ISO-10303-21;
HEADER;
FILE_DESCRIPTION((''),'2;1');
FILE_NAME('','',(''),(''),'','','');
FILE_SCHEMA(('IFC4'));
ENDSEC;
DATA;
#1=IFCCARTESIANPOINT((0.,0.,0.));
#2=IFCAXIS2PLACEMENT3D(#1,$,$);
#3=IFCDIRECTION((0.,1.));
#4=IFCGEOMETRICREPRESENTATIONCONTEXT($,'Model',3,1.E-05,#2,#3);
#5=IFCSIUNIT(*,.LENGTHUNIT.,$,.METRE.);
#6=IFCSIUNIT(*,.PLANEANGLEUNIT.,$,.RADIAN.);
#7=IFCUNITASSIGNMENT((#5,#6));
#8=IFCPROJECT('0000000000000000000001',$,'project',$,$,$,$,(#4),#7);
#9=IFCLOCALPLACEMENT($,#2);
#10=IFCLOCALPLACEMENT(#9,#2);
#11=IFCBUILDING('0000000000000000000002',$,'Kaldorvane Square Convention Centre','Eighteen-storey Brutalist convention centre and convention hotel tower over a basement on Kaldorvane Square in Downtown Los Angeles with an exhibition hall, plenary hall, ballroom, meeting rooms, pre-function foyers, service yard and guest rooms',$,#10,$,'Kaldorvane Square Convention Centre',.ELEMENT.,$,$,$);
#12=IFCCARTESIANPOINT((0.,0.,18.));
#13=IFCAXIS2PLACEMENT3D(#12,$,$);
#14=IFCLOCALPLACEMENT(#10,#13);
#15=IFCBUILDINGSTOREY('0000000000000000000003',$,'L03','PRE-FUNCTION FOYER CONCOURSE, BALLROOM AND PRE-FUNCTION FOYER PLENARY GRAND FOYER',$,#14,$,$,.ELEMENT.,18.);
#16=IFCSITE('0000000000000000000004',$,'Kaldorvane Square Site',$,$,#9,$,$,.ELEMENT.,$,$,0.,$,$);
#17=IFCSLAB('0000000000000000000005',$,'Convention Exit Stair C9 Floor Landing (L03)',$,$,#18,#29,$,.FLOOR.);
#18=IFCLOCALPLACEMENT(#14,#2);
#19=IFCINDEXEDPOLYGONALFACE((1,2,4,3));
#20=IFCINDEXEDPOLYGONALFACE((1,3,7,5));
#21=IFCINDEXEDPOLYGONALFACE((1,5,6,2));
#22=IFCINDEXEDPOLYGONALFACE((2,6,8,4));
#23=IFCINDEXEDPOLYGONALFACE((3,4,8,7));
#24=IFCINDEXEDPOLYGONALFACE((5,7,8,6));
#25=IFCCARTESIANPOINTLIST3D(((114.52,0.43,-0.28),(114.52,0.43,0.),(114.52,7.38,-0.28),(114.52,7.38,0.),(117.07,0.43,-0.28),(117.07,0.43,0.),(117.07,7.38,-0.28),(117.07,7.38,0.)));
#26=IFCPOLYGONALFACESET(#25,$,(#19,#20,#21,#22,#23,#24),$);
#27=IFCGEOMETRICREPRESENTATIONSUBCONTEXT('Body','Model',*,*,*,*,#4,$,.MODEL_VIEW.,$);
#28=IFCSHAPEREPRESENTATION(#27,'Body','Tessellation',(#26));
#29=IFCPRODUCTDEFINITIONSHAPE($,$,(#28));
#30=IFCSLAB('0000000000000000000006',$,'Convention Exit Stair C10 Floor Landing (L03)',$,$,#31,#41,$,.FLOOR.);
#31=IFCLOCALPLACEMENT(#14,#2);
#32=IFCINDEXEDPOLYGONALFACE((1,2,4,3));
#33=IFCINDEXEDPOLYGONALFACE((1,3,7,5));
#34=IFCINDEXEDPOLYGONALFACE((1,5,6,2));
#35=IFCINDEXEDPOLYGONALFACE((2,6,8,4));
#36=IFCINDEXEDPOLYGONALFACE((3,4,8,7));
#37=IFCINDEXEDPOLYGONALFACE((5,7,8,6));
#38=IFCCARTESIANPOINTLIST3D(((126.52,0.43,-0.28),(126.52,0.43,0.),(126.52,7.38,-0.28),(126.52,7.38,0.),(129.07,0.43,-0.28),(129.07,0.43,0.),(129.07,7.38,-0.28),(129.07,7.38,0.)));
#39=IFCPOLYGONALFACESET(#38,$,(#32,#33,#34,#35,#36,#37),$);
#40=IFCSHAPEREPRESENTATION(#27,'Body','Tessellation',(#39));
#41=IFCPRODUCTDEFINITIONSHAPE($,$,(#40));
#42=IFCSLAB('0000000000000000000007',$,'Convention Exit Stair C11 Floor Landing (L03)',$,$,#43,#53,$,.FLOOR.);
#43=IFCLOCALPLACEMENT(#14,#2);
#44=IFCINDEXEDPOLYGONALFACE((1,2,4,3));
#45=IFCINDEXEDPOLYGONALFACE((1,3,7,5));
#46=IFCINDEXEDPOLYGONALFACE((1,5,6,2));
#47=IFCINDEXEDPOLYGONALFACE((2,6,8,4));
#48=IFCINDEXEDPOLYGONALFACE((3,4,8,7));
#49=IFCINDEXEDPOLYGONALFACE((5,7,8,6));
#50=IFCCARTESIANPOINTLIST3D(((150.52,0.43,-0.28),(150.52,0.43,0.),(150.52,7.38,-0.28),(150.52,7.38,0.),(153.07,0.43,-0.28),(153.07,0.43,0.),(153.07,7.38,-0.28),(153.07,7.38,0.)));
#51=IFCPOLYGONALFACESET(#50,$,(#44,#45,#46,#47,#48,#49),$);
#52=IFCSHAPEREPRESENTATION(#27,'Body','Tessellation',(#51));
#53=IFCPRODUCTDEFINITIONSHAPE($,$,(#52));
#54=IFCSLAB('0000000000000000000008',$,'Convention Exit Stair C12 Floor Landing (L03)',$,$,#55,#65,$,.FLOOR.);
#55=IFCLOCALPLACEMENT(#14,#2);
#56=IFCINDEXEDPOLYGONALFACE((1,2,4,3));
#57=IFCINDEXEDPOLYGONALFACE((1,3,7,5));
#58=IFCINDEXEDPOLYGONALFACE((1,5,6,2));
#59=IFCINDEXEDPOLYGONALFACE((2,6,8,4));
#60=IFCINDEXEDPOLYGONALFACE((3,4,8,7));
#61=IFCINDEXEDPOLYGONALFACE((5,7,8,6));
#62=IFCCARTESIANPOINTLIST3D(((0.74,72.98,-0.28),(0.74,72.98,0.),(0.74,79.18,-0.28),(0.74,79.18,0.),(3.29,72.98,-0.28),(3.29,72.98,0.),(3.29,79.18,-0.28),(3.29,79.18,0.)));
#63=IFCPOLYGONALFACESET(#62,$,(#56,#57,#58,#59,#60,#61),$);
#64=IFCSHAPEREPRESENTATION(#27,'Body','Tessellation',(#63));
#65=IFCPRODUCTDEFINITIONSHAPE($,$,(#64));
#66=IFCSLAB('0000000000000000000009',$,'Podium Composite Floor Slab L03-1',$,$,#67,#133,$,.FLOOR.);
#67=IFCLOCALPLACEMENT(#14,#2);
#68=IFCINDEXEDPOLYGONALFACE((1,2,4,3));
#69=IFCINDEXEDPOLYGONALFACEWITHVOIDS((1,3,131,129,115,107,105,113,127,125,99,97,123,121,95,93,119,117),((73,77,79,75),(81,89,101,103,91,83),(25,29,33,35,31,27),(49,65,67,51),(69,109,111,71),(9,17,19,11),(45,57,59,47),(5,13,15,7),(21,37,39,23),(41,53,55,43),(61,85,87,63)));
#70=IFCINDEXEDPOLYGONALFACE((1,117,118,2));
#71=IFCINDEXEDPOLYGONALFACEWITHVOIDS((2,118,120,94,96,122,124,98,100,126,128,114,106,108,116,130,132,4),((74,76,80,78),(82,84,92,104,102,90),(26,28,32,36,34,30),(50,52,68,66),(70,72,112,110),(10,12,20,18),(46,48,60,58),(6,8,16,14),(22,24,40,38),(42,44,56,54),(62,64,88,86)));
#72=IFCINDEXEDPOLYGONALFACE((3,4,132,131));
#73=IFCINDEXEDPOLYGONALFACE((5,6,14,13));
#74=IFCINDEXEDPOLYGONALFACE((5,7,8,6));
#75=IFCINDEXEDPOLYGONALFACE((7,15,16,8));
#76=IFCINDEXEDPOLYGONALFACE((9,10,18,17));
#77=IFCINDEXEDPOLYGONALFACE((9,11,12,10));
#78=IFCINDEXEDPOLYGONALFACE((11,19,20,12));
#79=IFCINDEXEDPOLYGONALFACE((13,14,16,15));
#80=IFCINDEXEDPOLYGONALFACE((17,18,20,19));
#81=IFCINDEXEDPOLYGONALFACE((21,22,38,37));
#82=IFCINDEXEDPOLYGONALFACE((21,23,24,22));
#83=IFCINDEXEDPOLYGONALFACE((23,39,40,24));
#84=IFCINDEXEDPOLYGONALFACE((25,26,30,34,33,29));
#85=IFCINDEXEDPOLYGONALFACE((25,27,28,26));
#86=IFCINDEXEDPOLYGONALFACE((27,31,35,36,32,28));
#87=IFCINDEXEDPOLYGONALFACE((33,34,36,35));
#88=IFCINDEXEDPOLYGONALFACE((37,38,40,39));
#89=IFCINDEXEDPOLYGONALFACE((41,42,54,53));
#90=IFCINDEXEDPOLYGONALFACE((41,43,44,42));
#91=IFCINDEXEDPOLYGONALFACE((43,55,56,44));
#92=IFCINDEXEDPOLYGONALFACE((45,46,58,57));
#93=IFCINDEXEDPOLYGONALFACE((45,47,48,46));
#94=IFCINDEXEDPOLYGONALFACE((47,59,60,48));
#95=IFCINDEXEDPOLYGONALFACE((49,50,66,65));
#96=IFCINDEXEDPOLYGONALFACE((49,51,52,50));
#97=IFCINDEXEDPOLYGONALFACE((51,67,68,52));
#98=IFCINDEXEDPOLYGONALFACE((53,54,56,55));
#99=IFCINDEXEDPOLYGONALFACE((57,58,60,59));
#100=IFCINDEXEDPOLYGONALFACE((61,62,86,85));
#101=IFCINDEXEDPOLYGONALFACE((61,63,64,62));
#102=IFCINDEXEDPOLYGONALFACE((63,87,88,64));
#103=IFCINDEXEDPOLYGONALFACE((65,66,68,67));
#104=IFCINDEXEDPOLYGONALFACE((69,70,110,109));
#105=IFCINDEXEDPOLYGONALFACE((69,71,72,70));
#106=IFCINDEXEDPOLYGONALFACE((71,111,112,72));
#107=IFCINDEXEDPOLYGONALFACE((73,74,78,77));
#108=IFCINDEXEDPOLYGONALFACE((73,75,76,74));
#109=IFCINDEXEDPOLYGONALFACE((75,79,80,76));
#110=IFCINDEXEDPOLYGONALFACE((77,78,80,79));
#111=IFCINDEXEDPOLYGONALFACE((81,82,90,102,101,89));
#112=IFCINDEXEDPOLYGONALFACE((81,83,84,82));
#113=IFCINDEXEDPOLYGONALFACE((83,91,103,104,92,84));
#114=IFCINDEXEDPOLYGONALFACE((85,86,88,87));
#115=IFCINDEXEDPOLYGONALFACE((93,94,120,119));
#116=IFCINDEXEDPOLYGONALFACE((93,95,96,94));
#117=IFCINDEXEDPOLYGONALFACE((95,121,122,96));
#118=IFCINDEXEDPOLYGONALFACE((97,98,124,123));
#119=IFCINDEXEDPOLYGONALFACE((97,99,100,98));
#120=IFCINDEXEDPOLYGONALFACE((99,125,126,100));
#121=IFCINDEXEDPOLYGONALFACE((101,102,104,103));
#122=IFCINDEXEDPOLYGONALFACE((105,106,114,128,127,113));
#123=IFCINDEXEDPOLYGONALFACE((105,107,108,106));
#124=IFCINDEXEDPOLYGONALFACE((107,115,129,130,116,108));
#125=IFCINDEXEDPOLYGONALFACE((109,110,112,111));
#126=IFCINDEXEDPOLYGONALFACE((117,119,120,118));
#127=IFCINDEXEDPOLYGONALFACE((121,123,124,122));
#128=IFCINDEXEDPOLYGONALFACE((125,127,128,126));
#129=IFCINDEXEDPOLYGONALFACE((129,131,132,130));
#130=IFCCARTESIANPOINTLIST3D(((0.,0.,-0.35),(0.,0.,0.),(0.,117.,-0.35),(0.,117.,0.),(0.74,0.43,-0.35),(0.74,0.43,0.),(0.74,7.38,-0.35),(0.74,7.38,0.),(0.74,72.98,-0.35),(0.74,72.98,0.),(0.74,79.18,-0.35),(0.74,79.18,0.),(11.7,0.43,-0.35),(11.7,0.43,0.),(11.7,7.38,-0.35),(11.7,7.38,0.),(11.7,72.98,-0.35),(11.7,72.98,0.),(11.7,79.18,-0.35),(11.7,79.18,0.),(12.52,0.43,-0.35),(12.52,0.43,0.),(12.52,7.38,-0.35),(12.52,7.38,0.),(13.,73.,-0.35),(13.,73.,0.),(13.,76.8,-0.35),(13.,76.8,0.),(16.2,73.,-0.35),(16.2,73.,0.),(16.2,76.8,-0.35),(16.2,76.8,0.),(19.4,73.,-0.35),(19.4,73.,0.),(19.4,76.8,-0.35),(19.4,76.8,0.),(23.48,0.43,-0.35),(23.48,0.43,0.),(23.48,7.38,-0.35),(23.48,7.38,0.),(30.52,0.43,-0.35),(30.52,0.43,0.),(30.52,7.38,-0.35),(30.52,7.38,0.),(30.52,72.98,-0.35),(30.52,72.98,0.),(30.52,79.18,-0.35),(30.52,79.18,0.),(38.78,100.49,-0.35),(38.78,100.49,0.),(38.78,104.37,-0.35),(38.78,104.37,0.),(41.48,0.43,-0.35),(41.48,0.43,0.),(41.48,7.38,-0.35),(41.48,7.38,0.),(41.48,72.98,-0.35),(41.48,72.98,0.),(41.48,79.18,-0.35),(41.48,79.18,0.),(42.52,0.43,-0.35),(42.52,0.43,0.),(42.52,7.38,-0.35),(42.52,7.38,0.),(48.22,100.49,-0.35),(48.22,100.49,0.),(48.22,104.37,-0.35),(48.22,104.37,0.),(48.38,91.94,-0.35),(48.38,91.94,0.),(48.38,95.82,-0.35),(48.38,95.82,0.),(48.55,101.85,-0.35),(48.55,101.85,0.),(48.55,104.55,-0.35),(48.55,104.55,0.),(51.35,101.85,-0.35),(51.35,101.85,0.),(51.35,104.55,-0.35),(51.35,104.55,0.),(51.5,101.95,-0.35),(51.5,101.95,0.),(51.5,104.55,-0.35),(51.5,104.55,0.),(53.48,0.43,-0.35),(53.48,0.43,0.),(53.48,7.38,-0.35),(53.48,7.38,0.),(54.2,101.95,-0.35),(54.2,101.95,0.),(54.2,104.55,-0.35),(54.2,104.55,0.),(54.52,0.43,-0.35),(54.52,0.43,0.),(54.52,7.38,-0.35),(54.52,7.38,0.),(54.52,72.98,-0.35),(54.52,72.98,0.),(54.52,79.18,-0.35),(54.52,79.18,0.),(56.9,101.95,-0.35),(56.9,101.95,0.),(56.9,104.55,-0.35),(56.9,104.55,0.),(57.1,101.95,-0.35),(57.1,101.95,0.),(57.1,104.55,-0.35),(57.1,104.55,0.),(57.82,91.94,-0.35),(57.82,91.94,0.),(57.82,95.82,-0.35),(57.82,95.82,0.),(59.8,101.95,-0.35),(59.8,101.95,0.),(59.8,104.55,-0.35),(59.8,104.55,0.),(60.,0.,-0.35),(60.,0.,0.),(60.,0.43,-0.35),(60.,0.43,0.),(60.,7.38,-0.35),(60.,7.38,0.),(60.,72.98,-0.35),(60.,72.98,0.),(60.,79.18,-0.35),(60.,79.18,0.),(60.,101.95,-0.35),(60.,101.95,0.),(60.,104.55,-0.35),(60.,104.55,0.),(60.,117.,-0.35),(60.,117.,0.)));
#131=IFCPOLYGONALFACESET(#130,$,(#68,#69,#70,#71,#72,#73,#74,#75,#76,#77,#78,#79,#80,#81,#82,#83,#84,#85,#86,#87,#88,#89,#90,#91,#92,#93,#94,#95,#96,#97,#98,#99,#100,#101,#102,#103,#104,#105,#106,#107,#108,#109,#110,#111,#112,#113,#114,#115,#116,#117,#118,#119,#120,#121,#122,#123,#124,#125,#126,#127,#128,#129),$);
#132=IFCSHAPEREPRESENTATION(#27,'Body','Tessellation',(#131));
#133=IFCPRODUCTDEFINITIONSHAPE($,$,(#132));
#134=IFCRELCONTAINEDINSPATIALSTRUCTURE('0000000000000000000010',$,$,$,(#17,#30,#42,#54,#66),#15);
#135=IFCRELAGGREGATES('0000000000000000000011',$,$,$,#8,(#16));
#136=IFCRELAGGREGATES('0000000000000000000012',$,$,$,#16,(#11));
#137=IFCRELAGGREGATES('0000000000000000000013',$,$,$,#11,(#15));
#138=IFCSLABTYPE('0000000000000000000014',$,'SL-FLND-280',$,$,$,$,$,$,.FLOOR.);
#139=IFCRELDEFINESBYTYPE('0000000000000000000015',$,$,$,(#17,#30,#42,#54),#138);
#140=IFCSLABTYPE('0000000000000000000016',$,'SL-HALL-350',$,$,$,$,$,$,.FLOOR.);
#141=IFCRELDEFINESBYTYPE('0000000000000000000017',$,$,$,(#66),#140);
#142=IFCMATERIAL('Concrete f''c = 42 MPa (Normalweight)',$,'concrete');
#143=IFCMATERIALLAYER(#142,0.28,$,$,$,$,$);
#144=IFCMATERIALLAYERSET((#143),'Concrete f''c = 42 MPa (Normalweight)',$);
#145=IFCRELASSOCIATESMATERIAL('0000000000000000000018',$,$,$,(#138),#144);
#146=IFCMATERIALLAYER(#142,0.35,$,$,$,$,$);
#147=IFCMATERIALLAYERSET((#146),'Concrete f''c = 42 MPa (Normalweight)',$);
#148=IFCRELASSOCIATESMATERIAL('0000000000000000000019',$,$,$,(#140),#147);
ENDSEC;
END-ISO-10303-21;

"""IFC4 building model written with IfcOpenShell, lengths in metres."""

from ifc_helpers import new_model, si_unit, direction, frame, origin, place, context, subcontext, project, spatial, polyline, outline, extrude, material, layer, layer_set, type_object, element, save


model = new_model("IFC4")

# Units and contexts
model_context = context("Model", 3, precision=1e-05, world=origin(), true_north=direction((0.0, 1.0)))
body_context = subcontext(model_context, "Body", "Model", "MODEL_VIEW")
ifc_project = project(units=[si_unit("LENGTHUNIT", "METRE"), si_unit("PLANEANGLEUNIT", "RADIAN")], contexts=[model_context])

# Site, building, storey
site_placement = place(None, origin())
site = spatial("IfcSite", under=ifc_project, at=site_placement, Name="Kaldorvane Square Site", CompositionType="ELEMENT", RefElevation=0.0)
building_placement = place(site_placement, origin())
building = spatial("IfcBuilding", under=site, at=building_placement, Name="Kaldorvane Square Convention Centre", Description="Eighteen-storey Brutalist convention centre and convention hotel tower over a basement on Kaldorvane Square in Downtown Los Angeles with an exhibition hall, plenary hall, ballroom, meeting rooms, pre-function foyers, service yard and guest rooms", LongName="Kaldorvane Square Convention Centre", CompositionType="ELEMENT")
storey_placement = place(building_placement, frame((0.0, 0.0, 18.0)))
storey = spatial("IfcBuildingStorey", under=building, at=storey_placement, Name="L03", Description="PRE-FUNCTION FOYER CONCOURSE, BALLROOM AND PRE-FUNCTION FOYER PLENARY GRAND FOYER", CompositionType="ELEMENT", Elevation=18.0)

# Slabs
ifc_material_1 = material(Name="Concrete f'c = 42 MPa (Normalweight)", Category="concrete")
ifc_layer_1 = layer(ifc_material_1, 0.28)
ifc_layer_set_1 = layer_set([ifc_layer_1], Name="Concrete f'c = 42 MPa (Normalweight)")
slab_type_1 = type_object("IfcSlabType", Name="SL-FLND-280", PredefinedType="FLOOR", material=ifc_layer_set_1)
slab_1_placement = place(storey_placement, frame((0.0, 0.0, -0.28)))
element("IfcSlab", 1, at=slab_1_placement, inside=storey, type_object=slab_type_1, Name="Convention Exit Stair C9 Floor Landing (L03)", PredefinedType="FLOOR", context=body_context, shape_type="SweptSolid", body=[
    extrude(outline(polyline([(114.52, 0.43), (117.07, 0.43), (117.07, 7.38), (114.52, 7.38), (114.52, 0.43)])), origin(), (0.0, 0.0, 1.0), 0.28),
])
slab_2_placement = place(storey_placement, frame((0.0, 0.0, -0.28)))
element("IfcSlab", 2, at=slab_2_placement, inside=storey, type_object=slab_type_1, Name="Convention Exit Stair C10 Floor Landing (L03)", PredefinedType="FLOOR", context=body_context, shape_type="SweptSolid", body=[
    extrude(outline(polyline([(126.52, 0.43), (129.07, 0.43), (129.07, 7.38), (126.52, 7.38), (126.52, 0.43)])), origin(), (0.0, 0.0, 1.0), 0.28),
])
slab_3_placement = place(storey_placement, frame((0.0, 0.0, -0.28)))
element("IfcSlab", 3, at=slab_3_placement, inside=storey, type_object=slab_type_1, Name="Convention Exit Stair C11 Floor Landing (L03)", PredefinedType="FLOOR", context=body_context, shape_type="SweptSolid", body=[
    extrude(outline(polyline([(150.52, 0.43), (153.07, 0.43), (153.07, 7.38), (150.52, 7.38), (150.52, 0.43)])), origin(), (0.0, 0.0, 1.0), 0.28),
])
slab_4_placement = place(storey_placement, frame((0.0, 0.0, -0.28)))
element("IfcSlab", 4, at=slab_4_placement, inside=storey, type_object=slab_type_1, Name="Convention Exit Stair C12 Floor Landing (L03)", PredefinedType="FLOOR", context=body_context, shape_type="SweptSolid", body=[
    extrude(outline(polyline([(0.74, 72.98), (3.29, 72.98), (3.29, 79.18), (0.74, 79.18), (0.74, 72.98)])), origin(), (0.0, 0.0, 1.0), 0.28),
])
ifc_layer_2 = layer(ifc_material_1, 0.35)
ifc_layer_set_2 = layer_set([ifc_layer_2], Name="Concrete f'c = 42 MPa (Normalweight)")
slab_type_2 = type_object("IfcSlabType", Name="SL-HALL-350", PredefinedType="FLOOR", material=ifc_layer_set_2)
slab_5_placement = place(storey_placement, frame((0.0, 0.0, -0.35)))
element("IfcSlab", 5, at=slab_5_placement, inside=storey, type_object=slab_type_2, Name="Podium Composite Floor Slab L03-1", PredefinedType="FLOOR", context=body_context, shape_type="SweptSolid", body=[
    extrude(outline(polyline([(60.0, 117.0), (60.0, 104.55), (59.8, 104.55), (57.1, 104.55), (57.1, 101.95), (59.8, 101.95), (60.0, 101.95), (60.0, 79.18), (54.52, 79.18), (54.52, 72.98), (60.0, 72.98), (60.0, 7.38), (54.52, 7.38), (54.52, 0.43), (60.0, 0.43), (60.0, 0.0), (0.0, 0.0), (0.0, 117.0), (60.0, 117.0)]), holes=[polyline([(11.7, 0.43), (11.7, 7.38), (0.74, 7.38), (0.74, 0.43), (11.7, 0.43)]), polyline([(53.48, 0.43), (53.48, 7.38), (42.52, 7.38), (42.52, 0.43), (53.48, 0.43)]), polyline([(41.48, 0.43), (41.48, 7.38), (30.52, 7.38), (30.52, 0.43), (41.48, 0.43)]), polyline([(23.48, 0.43), (23.48, 7.38), (12.52, 7.38), (12.52, 0.43), (23.48, 0.43)]), polyline([(19.4, 73.0), (19.4, 76.8), (16.2, 76.8), (13.0, 76.8), (13.0, 73.0), (16.2, 73.0), (19.4, 73.0)]), polyline([(41.48, 72.98), (41.48, 79.18), (30.52, 79.18), (30.52, 72.98), (41.48, 72.98)]), polyline([(11.7, 72.98), (11.7, 79.18), (0.74, 79.18), (0.74, 72.98), (11.7, 72.98)]), polyline([(57.82, 91.94), (57.82, 95.82), (48.38, 95.82), (48.38, 91.94), (57.82, 91.94)]), polyline([(48.22, 100.49), (48.22, 104.37), (38.78, 104.37), (38.78, 100.49), (48.22, 100.49)]), polyline([(51.35, 101.85), (51.35, 104.55), (48.55, 104.55), (48.55, 101.85), (51.35, 101.85)]), polyline([(56.9, 104.55), (54.2, 104.55), (51.5, 104.55), (51.5, 101.95), (54.2, 101.95), (56.9, 101.95), (56.9, 104.55)])]), origin(), (0.0, 0.0, 1.0), 0.35),
])

save(model, "model.ifc")
